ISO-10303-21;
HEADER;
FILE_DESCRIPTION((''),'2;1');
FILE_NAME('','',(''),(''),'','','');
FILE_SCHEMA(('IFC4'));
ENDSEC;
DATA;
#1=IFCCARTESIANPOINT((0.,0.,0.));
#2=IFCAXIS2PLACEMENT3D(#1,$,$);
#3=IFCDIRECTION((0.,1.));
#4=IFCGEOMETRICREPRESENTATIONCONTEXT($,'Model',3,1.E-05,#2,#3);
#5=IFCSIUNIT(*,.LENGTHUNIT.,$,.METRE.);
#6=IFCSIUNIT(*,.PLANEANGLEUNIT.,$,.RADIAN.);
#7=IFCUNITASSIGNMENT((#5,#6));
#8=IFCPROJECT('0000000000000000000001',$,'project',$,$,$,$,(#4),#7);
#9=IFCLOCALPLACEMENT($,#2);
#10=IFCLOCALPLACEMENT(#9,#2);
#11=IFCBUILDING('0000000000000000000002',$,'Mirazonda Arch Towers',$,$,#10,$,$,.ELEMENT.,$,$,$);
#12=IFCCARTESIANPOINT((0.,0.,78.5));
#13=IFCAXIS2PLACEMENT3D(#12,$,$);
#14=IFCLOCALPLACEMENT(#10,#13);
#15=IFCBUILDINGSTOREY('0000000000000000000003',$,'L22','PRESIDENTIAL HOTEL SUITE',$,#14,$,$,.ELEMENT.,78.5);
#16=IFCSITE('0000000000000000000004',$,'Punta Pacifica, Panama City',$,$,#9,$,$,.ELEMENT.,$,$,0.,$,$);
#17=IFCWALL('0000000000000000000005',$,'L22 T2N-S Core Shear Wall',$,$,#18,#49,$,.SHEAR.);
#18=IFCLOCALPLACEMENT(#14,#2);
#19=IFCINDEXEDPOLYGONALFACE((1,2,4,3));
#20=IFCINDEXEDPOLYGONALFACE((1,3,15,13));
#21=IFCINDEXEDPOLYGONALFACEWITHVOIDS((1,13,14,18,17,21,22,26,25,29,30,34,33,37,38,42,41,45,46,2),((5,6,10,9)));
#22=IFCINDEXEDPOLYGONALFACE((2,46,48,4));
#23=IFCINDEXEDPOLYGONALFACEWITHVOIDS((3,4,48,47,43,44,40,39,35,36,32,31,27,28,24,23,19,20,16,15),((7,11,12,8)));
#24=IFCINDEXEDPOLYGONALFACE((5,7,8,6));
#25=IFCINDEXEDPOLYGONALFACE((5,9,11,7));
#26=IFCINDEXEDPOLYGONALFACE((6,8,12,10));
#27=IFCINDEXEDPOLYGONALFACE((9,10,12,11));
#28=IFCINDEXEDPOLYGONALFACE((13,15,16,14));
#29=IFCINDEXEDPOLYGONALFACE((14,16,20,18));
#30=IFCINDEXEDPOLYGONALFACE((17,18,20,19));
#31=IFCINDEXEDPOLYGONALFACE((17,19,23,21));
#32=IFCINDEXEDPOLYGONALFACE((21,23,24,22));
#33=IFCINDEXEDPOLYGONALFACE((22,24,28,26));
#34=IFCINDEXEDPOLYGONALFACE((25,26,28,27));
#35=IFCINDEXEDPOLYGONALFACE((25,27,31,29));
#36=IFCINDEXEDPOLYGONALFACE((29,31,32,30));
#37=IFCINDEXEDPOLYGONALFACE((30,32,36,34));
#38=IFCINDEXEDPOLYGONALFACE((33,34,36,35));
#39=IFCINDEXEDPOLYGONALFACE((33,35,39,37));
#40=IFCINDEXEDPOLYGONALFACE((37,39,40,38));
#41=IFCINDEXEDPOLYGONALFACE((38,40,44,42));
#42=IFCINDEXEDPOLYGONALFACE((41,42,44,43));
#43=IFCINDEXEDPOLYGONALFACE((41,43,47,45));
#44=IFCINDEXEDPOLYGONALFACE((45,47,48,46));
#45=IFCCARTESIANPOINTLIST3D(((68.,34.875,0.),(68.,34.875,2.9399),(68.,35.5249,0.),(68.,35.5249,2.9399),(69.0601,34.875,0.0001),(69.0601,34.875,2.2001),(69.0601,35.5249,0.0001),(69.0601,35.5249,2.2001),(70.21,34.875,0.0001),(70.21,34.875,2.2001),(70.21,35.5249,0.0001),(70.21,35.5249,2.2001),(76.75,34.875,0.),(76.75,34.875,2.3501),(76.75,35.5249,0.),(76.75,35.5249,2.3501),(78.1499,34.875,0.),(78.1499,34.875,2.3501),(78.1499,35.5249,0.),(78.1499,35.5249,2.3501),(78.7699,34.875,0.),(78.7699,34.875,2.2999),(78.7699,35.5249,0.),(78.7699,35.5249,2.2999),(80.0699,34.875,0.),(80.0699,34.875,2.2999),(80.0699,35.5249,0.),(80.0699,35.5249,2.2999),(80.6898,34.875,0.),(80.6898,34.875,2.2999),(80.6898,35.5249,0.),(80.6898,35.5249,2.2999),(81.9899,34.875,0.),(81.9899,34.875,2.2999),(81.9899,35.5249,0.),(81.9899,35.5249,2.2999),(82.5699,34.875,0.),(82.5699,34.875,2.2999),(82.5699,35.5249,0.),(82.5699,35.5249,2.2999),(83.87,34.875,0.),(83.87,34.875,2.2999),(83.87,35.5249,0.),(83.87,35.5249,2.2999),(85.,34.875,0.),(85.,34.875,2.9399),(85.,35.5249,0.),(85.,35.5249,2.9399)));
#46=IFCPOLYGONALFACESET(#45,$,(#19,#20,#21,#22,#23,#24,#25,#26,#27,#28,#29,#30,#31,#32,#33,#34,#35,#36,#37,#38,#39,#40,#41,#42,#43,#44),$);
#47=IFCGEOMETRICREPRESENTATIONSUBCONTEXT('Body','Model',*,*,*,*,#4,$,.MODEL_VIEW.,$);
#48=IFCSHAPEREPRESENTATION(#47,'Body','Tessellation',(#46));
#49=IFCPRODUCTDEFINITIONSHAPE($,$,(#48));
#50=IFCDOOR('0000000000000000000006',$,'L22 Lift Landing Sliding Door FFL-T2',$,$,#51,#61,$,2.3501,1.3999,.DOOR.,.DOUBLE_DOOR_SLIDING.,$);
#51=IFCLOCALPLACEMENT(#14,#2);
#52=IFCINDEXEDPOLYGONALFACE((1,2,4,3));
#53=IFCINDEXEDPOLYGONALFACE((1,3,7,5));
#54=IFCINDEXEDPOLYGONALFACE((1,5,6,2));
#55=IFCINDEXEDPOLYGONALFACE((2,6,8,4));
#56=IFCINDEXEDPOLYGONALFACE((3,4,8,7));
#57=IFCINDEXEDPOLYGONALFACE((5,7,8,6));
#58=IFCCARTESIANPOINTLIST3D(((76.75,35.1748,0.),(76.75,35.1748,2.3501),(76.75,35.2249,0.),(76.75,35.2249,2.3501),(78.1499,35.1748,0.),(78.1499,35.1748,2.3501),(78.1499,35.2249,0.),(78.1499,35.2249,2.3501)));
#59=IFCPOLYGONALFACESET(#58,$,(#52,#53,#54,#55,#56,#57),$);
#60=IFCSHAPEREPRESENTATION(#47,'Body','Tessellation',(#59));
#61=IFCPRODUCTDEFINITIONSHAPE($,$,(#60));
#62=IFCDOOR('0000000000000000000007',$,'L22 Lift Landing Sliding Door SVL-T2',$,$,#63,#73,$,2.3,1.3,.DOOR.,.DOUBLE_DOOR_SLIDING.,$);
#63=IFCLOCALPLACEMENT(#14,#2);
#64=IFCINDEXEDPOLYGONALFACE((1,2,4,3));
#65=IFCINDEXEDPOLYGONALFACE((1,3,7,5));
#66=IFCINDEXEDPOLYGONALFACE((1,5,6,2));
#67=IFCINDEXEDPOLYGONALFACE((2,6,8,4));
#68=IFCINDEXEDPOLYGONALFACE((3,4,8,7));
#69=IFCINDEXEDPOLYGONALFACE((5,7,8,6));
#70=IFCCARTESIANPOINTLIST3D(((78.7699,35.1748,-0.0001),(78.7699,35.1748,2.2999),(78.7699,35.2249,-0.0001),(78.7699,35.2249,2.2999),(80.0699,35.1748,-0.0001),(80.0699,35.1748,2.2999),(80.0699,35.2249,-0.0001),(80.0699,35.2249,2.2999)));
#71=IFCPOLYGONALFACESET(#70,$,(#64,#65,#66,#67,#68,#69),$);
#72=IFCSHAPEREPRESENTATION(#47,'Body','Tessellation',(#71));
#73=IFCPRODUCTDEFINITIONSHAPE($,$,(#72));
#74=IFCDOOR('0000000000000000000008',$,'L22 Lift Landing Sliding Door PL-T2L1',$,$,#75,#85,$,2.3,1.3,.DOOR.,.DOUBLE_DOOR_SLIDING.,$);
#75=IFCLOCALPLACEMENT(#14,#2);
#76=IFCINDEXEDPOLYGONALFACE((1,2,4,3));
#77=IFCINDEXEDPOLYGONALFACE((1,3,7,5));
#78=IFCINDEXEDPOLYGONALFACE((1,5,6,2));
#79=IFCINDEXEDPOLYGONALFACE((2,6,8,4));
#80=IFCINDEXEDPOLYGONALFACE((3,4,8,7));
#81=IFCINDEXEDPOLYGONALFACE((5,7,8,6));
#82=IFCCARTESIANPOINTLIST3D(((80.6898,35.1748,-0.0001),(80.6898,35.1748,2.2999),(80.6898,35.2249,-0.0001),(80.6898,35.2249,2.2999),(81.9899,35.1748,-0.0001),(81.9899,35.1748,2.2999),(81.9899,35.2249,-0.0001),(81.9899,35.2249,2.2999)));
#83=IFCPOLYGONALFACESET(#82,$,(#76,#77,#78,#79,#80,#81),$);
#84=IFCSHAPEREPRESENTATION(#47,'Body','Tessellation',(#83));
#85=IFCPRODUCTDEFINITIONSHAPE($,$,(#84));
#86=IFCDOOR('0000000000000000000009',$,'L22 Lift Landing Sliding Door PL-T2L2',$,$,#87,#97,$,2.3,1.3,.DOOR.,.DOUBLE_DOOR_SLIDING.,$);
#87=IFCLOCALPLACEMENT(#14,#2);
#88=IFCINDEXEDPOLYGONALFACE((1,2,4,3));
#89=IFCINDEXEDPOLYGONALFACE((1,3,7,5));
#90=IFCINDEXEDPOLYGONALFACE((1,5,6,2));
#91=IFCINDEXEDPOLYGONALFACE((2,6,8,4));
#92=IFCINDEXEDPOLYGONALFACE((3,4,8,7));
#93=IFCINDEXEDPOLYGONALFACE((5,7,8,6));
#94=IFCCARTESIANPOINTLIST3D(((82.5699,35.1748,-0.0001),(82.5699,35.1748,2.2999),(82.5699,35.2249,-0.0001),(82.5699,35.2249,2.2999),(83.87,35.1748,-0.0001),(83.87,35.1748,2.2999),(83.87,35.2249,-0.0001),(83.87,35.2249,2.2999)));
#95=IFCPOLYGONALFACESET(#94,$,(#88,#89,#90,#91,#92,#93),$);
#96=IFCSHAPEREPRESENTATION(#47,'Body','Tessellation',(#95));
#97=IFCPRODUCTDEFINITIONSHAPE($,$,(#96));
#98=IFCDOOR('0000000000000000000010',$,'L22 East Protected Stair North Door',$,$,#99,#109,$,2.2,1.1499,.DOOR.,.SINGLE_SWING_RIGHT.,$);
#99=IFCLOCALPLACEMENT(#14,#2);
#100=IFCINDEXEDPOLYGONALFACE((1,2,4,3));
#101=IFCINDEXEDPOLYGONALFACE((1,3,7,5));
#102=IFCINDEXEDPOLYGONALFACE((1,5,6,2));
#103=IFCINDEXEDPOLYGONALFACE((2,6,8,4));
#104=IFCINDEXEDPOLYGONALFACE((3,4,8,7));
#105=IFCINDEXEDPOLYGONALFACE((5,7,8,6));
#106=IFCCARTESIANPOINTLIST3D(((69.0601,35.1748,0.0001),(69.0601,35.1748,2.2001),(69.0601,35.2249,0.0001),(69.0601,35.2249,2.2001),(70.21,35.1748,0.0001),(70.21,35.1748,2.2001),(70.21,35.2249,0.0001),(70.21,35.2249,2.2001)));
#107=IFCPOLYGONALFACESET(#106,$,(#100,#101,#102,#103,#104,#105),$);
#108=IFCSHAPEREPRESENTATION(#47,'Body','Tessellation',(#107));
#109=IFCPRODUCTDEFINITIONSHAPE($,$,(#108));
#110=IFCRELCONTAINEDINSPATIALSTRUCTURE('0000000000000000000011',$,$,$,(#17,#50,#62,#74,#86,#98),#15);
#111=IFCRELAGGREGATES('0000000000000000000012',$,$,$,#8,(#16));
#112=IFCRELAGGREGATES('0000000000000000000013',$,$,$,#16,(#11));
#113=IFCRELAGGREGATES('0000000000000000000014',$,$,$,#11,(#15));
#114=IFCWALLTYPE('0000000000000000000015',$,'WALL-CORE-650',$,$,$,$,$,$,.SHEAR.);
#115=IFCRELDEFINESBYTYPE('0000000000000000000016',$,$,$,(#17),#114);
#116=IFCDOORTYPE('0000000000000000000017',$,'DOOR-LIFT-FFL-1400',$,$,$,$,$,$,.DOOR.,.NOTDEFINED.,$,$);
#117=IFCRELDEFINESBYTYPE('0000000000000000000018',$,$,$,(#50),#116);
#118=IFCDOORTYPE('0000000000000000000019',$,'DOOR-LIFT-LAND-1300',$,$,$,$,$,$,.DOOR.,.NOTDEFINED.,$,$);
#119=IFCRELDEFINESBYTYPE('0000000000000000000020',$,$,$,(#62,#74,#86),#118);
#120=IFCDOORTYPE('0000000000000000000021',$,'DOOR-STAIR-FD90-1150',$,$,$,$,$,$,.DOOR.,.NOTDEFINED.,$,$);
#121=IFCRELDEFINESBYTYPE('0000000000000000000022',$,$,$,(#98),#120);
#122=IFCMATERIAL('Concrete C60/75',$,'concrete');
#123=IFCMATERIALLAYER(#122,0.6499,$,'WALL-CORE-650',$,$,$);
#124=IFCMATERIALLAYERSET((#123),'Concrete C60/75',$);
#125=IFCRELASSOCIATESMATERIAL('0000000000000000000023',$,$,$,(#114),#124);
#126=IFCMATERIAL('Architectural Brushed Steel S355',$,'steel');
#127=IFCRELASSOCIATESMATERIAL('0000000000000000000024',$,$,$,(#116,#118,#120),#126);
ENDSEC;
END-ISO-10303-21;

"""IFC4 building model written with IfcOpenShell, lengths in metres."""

from ifc_helpers import new_model, si_unit, direction, frame, frame_2d, origin, place, context, subcontext, project, spatial, rectangle, extrude, material, layer, layer_set, type_object, element, fill, save


model = new_model("IFC4")

# Units and contexts
model_context = context("Model", 3, precision=1e-05, world=origin(), true_north=direction((0.0, 1.0)))
body_context = subcontext(model_context, "Body", "Model", "MODEL_VIEW")
ifc_project = project(units=[si_unit("LENGTHUNIT", "METRE"), si_unit("PLANEANGLEUNIT", "RADIAN")], contexts=[model_context])

# Site, building, storey
site_placement = place(None, origin())
site = spatial("IfcSite", under=ifc_project, at=site_placement, Name="Punta Pacifica, Panama City", CompositionType="ELEMENT", RefElevation=0.0)
building_placement = place(site_placement, origin())
building = spatial("IfcBuilding", under=site, at=building_placement, Name="Mirazonda Arch Towers", CompositionType="ELEMENT")
storey_placement = place(building_placement, frame((0.0, 0.0, 78.5)))
storey = spatial("IfcBuildingStorey", under=building, at=storey_placement, Name="L22", Description="PRESIDENTIAL HOTEL SUITE", CompositionType="ELEMENT", Elevation=78.5)

# Shared definitions
ifc_material_1 = material(Name="Concrete C60/75", Category="concrete")

# Shared definitions
ifc_layer_1 = layer(ifc_material_1, 0.6499, Name="WALL-CORE-650")
ifc_layer_set_1 = layer_set([ifc_layer_1], Name="Concrete C60/75")
wall_type_1 = type_object("IfcWallType", Name="WALL-CORE-650", PredefinedType="SHEAR", material=ifc_layer_set_1)

# Wall, openings, doors
wall_1_placement = place(storey_placement, frame((68.0, 35.2, 0.0), z_axis=(0.0, 0.0, 1.0), x_axis=(1.0, 0.0, 0.0)))
wall_1 = element("IfcWall", 1, at=wall_1_placement, inside=storey, type_object=wall_type_1, Name="L22 T2N-S Core Shear Wall", PredefinedType="SHEAR", context=body_context, shape_type="SweptSolid", body=[
    extrude(rectangle(XDim=17.0, YDim=0.6499, at=frame_2d((8.5, 0.0))), origin(), (0.0, 0.0, 1.0), 2.9399),
])
opening_1_placement = place(wall_1_placement, frame((1.0601, 0.0, 0.0)))
opening_1 = element("IfcOpeningElement", 2, at=opening_1_placement, cuts=wall_1, PredefinedType="OPENING", context=body_context, shape_type="SweptSolid", body=[
    extrude(rectangle(XDim=1.1499, YDim=2.2, at=frame_2d((0.575, 1.1001))), frame((0.0, 0.335, 0.0), z_axis=(0.0, -1.0, 0.0), x_axis=(1.0, 0.0, 0.0)), (0.0, 0.0, 1.0), 0.6699),
])
opening_2_placement = place(wall_1_placement, frame((8.75, 0.0, 0.0)))
opening_2 = element("IfcOpeningElement", 3, at=opening_2_placement, cuts=wall_1, PredefinedType="OPENING", context=body_context, shape_type="SweptSolid", body=[
    extrude(rectangle(XDim=1.3999, YDim=2.3501, at=frame_2d((0.7, 1.175))), frame((0.0, 0.335, 0.0), z_axis=(0.0, -1.0, 0.0), x_axis=(1.0, 0.0, 0.0)), (0.0, 0.0, 1.0), 0.6699),
])
opening_3_placement = place(wall_1_placement, frame((10.77, 0.0, 0.0)))
opening_3 = element("IfcOpeningElement", 4, at=opening_3_placement, cuts=wall_1, PredefinedType="OPENING", context=body_context, shape_type="SweptSolid", body=[
    extrude(rectangle(XDim=1.3, YDim=2.3, at=frame_2d((0.6499, 1.1499))), frame((0.0, 0.335, 0.0), z_axis=(0.0, -1.0, 0.0), x_axis=(1.0, 0.0, 0.0)), (0.0, 0.0, 1.0), 0.6699),
])
opening_4_placement = place(wall_1_placement, frame((12.6899, 0.0, 0.0)))
opening_4 = element("IfcOpeningElement", 5, at=opening_4_placement, cuts=wall_1, PredefinedType="OPENING", context=body_context, shape_type="SweptSolid", body=[
    extrude(rectangle(XDim=1.3, YDim=2.3, at=frame_2d((0.6499, 1.1499))), frame((0.0, 0.335, 0.0), z_axis=(0.0, -1.0, 0.0), x_axis=(1.0, 0.0, 0.0)), (0.0, 0.0, 1.0), 0.6699),
])
opening_5_placement = place(wall_1_placement, frame((14.5701, 0.0, 0.0)))
opening_5 = element("IfcOpeningElement", 6, at=opening_5_placement, cuts=wall_1, PredefinedType="OPENING", context=body_context, shape_type="SweptSolid", body=[
    extrude(rectangle(XDim=1.3, YDim=2.3, at=frame_2d((0.6499, 1.1499))), frame((0.0, 0.335, 0.0), z_axis=(0.0, -1.0, 0.0), x_axis=(1.0, 0.0, 0.0)), (0.0, 0.0, 1.0), 0.6699),
])
ifc_material_2 = material(Name="Architectural Brushed Steel S355", Category="steel")
door_type_1 = type_object("IfcDoorType", Name="DOOR-LIFT-FFL-1400", OperationType="NOTDEFINED", PredefinedType="DOOR", material=ifc_material_2)
door_1_placement = place(opening_2_placement, origin())
door_1 = element("IfcDoor", 7, at=door_1_placement, inside=storey, type_object=door_type_1, Name="L22 Lift Landing Sliding Door FFL-T2", OperationType="DOUBLE_DOOR_SLIDING", OverallHeight=2.3501, OverallWidth=1.3999, PredefinedType="DOOR", context=body_context, shape_type="SweptSolid", body=[
    extrude(rectangle(XDim=1.3999, YDim=2.3501, at=frame_2d((0.7, 1.175))), frame((0.0, 0.0249, 0.0), z_axis=(0.0, -1.0, 0.0), x_axis=(1.0, 0.0, 0.0)), (0.0, 0.0, 1.0), 0.05),
])
fill(opening_2, door_1)
door_type_2 = type_object("IfcDoorType", Name="DOOR-LIFT-LAND-1300", OperationType="NOTDEFINED", PredefinedType="DOOR", material=ifc_material_2)
door_2_placement = place(opening_3_placement, origin())
door_2 = element("IfcDoor", 8, at=door_2_placement, inside=storey, type_object=door_type_2, Name="L22 Lift Landing Sliding Door SVL-T2", OperationType="DOUBLE_DOOR_SLIDING", OverallHeight=2.3, OverallWidth=1.3, PredefinedType="DOOR", context=body_context, shape_type="SweptSolid", body=[
    extrude(rectangle(XDim=1.3, YDim=2.3, at=frame_2d((0.6499, 1.1499))), frame((0.0, 0.0249, 0.0), z_axis=(0.0, -1.0, 0.0), x_axis=(1.0, 0.0, 0.0)), (0.0, 0.0, 1.0), 0.05),
])
fill(opening_3, door_2)
door_3_placement = place(opening_4_placement, origin())
door_3 = element("IfcDoor", 9, at=door_3_placement, inside=storey, type_object=door_type_2, Name="L22 Lift Landing Sliding Door PL-T2L1", OperationType="DOUBLE_DOOR_SLIDING", OverallHeight=2.3, OverallWidth=1.3, PredefinedType="DOOR", context=body_context, shape_type="SweptSolid", body=[
    extrude(rectangle(XDim=1.3, YDim=2.3, at=frame_2d((0.6499, 1.1499))), frame((0.0, 0.0249, 0.0), z_axis=(0.0, -1.0, 0.0), x_axis=(1.0, 0.0, 0.0)), (0.0, 0.0, 1.0), 0.05),
])
fill(opening_4, door_3)
door_4_placement = place(opening_5_placement, origin())
door_4 = element("IfcDoor", 10, at=door_4_placement, inside=storey, type_object=door_type_2, Name="L22 Lift Landing Sliding Door PL-T2L2", OperationType="DOUBLE_DOOR_SLIDING", OverallHeight=2.3, OverallWidth=1.3, PredefinedType="DOOR", context=body_context, shape_type="SweptSolid", body=[
    extrude(rectangle(XDim=1.3, YDim=2.3, at=frame_2d((0.6499, 1.1499))), frame((0.0, 0.0249, 0.0), z_axis=(0.0, -1.0, 0.0), x_axis=(1.0, 0.0, 0.0)), (0.0, 0.0, 1.0), 0.05),
])
fill(opening_5, door_4)
door_type_3 = type_object("IfcDoorType", Name="DOOR-STAIR-FD90-1150", OperationType="NOTDEFINED", PredefinedType="DOOR", material=ifc_material_2)
door_5_placement = place(opening_1_placement, origin())
door_5 = element("IfcDoor", 11, at=door_5_placement, inside=storey, type_object=door_type_3, Name="L22 East Protected Stair North Door", OperationType="SINGLE_SWING_RIGHT", OverallHeight=2.2, OverallWidth=1.1499, PredefinedType="DOOR", context=body_context, shape_type="SweptSolid", body=[
    extrude(rectangle(XDim=1.1499, YDim=2.2, at=frame_2d((0.575, 1.1001))), frame((0.0, 0.0249, 0.0), z_axis=(0.0, -1.0, 0.0), x_axis=(1.0, 0.0, 0.0)), (0.0, 0.0, 1.0), 0.05),
])
fill(opening_1, door_5)

save(model, "model.ifc")
